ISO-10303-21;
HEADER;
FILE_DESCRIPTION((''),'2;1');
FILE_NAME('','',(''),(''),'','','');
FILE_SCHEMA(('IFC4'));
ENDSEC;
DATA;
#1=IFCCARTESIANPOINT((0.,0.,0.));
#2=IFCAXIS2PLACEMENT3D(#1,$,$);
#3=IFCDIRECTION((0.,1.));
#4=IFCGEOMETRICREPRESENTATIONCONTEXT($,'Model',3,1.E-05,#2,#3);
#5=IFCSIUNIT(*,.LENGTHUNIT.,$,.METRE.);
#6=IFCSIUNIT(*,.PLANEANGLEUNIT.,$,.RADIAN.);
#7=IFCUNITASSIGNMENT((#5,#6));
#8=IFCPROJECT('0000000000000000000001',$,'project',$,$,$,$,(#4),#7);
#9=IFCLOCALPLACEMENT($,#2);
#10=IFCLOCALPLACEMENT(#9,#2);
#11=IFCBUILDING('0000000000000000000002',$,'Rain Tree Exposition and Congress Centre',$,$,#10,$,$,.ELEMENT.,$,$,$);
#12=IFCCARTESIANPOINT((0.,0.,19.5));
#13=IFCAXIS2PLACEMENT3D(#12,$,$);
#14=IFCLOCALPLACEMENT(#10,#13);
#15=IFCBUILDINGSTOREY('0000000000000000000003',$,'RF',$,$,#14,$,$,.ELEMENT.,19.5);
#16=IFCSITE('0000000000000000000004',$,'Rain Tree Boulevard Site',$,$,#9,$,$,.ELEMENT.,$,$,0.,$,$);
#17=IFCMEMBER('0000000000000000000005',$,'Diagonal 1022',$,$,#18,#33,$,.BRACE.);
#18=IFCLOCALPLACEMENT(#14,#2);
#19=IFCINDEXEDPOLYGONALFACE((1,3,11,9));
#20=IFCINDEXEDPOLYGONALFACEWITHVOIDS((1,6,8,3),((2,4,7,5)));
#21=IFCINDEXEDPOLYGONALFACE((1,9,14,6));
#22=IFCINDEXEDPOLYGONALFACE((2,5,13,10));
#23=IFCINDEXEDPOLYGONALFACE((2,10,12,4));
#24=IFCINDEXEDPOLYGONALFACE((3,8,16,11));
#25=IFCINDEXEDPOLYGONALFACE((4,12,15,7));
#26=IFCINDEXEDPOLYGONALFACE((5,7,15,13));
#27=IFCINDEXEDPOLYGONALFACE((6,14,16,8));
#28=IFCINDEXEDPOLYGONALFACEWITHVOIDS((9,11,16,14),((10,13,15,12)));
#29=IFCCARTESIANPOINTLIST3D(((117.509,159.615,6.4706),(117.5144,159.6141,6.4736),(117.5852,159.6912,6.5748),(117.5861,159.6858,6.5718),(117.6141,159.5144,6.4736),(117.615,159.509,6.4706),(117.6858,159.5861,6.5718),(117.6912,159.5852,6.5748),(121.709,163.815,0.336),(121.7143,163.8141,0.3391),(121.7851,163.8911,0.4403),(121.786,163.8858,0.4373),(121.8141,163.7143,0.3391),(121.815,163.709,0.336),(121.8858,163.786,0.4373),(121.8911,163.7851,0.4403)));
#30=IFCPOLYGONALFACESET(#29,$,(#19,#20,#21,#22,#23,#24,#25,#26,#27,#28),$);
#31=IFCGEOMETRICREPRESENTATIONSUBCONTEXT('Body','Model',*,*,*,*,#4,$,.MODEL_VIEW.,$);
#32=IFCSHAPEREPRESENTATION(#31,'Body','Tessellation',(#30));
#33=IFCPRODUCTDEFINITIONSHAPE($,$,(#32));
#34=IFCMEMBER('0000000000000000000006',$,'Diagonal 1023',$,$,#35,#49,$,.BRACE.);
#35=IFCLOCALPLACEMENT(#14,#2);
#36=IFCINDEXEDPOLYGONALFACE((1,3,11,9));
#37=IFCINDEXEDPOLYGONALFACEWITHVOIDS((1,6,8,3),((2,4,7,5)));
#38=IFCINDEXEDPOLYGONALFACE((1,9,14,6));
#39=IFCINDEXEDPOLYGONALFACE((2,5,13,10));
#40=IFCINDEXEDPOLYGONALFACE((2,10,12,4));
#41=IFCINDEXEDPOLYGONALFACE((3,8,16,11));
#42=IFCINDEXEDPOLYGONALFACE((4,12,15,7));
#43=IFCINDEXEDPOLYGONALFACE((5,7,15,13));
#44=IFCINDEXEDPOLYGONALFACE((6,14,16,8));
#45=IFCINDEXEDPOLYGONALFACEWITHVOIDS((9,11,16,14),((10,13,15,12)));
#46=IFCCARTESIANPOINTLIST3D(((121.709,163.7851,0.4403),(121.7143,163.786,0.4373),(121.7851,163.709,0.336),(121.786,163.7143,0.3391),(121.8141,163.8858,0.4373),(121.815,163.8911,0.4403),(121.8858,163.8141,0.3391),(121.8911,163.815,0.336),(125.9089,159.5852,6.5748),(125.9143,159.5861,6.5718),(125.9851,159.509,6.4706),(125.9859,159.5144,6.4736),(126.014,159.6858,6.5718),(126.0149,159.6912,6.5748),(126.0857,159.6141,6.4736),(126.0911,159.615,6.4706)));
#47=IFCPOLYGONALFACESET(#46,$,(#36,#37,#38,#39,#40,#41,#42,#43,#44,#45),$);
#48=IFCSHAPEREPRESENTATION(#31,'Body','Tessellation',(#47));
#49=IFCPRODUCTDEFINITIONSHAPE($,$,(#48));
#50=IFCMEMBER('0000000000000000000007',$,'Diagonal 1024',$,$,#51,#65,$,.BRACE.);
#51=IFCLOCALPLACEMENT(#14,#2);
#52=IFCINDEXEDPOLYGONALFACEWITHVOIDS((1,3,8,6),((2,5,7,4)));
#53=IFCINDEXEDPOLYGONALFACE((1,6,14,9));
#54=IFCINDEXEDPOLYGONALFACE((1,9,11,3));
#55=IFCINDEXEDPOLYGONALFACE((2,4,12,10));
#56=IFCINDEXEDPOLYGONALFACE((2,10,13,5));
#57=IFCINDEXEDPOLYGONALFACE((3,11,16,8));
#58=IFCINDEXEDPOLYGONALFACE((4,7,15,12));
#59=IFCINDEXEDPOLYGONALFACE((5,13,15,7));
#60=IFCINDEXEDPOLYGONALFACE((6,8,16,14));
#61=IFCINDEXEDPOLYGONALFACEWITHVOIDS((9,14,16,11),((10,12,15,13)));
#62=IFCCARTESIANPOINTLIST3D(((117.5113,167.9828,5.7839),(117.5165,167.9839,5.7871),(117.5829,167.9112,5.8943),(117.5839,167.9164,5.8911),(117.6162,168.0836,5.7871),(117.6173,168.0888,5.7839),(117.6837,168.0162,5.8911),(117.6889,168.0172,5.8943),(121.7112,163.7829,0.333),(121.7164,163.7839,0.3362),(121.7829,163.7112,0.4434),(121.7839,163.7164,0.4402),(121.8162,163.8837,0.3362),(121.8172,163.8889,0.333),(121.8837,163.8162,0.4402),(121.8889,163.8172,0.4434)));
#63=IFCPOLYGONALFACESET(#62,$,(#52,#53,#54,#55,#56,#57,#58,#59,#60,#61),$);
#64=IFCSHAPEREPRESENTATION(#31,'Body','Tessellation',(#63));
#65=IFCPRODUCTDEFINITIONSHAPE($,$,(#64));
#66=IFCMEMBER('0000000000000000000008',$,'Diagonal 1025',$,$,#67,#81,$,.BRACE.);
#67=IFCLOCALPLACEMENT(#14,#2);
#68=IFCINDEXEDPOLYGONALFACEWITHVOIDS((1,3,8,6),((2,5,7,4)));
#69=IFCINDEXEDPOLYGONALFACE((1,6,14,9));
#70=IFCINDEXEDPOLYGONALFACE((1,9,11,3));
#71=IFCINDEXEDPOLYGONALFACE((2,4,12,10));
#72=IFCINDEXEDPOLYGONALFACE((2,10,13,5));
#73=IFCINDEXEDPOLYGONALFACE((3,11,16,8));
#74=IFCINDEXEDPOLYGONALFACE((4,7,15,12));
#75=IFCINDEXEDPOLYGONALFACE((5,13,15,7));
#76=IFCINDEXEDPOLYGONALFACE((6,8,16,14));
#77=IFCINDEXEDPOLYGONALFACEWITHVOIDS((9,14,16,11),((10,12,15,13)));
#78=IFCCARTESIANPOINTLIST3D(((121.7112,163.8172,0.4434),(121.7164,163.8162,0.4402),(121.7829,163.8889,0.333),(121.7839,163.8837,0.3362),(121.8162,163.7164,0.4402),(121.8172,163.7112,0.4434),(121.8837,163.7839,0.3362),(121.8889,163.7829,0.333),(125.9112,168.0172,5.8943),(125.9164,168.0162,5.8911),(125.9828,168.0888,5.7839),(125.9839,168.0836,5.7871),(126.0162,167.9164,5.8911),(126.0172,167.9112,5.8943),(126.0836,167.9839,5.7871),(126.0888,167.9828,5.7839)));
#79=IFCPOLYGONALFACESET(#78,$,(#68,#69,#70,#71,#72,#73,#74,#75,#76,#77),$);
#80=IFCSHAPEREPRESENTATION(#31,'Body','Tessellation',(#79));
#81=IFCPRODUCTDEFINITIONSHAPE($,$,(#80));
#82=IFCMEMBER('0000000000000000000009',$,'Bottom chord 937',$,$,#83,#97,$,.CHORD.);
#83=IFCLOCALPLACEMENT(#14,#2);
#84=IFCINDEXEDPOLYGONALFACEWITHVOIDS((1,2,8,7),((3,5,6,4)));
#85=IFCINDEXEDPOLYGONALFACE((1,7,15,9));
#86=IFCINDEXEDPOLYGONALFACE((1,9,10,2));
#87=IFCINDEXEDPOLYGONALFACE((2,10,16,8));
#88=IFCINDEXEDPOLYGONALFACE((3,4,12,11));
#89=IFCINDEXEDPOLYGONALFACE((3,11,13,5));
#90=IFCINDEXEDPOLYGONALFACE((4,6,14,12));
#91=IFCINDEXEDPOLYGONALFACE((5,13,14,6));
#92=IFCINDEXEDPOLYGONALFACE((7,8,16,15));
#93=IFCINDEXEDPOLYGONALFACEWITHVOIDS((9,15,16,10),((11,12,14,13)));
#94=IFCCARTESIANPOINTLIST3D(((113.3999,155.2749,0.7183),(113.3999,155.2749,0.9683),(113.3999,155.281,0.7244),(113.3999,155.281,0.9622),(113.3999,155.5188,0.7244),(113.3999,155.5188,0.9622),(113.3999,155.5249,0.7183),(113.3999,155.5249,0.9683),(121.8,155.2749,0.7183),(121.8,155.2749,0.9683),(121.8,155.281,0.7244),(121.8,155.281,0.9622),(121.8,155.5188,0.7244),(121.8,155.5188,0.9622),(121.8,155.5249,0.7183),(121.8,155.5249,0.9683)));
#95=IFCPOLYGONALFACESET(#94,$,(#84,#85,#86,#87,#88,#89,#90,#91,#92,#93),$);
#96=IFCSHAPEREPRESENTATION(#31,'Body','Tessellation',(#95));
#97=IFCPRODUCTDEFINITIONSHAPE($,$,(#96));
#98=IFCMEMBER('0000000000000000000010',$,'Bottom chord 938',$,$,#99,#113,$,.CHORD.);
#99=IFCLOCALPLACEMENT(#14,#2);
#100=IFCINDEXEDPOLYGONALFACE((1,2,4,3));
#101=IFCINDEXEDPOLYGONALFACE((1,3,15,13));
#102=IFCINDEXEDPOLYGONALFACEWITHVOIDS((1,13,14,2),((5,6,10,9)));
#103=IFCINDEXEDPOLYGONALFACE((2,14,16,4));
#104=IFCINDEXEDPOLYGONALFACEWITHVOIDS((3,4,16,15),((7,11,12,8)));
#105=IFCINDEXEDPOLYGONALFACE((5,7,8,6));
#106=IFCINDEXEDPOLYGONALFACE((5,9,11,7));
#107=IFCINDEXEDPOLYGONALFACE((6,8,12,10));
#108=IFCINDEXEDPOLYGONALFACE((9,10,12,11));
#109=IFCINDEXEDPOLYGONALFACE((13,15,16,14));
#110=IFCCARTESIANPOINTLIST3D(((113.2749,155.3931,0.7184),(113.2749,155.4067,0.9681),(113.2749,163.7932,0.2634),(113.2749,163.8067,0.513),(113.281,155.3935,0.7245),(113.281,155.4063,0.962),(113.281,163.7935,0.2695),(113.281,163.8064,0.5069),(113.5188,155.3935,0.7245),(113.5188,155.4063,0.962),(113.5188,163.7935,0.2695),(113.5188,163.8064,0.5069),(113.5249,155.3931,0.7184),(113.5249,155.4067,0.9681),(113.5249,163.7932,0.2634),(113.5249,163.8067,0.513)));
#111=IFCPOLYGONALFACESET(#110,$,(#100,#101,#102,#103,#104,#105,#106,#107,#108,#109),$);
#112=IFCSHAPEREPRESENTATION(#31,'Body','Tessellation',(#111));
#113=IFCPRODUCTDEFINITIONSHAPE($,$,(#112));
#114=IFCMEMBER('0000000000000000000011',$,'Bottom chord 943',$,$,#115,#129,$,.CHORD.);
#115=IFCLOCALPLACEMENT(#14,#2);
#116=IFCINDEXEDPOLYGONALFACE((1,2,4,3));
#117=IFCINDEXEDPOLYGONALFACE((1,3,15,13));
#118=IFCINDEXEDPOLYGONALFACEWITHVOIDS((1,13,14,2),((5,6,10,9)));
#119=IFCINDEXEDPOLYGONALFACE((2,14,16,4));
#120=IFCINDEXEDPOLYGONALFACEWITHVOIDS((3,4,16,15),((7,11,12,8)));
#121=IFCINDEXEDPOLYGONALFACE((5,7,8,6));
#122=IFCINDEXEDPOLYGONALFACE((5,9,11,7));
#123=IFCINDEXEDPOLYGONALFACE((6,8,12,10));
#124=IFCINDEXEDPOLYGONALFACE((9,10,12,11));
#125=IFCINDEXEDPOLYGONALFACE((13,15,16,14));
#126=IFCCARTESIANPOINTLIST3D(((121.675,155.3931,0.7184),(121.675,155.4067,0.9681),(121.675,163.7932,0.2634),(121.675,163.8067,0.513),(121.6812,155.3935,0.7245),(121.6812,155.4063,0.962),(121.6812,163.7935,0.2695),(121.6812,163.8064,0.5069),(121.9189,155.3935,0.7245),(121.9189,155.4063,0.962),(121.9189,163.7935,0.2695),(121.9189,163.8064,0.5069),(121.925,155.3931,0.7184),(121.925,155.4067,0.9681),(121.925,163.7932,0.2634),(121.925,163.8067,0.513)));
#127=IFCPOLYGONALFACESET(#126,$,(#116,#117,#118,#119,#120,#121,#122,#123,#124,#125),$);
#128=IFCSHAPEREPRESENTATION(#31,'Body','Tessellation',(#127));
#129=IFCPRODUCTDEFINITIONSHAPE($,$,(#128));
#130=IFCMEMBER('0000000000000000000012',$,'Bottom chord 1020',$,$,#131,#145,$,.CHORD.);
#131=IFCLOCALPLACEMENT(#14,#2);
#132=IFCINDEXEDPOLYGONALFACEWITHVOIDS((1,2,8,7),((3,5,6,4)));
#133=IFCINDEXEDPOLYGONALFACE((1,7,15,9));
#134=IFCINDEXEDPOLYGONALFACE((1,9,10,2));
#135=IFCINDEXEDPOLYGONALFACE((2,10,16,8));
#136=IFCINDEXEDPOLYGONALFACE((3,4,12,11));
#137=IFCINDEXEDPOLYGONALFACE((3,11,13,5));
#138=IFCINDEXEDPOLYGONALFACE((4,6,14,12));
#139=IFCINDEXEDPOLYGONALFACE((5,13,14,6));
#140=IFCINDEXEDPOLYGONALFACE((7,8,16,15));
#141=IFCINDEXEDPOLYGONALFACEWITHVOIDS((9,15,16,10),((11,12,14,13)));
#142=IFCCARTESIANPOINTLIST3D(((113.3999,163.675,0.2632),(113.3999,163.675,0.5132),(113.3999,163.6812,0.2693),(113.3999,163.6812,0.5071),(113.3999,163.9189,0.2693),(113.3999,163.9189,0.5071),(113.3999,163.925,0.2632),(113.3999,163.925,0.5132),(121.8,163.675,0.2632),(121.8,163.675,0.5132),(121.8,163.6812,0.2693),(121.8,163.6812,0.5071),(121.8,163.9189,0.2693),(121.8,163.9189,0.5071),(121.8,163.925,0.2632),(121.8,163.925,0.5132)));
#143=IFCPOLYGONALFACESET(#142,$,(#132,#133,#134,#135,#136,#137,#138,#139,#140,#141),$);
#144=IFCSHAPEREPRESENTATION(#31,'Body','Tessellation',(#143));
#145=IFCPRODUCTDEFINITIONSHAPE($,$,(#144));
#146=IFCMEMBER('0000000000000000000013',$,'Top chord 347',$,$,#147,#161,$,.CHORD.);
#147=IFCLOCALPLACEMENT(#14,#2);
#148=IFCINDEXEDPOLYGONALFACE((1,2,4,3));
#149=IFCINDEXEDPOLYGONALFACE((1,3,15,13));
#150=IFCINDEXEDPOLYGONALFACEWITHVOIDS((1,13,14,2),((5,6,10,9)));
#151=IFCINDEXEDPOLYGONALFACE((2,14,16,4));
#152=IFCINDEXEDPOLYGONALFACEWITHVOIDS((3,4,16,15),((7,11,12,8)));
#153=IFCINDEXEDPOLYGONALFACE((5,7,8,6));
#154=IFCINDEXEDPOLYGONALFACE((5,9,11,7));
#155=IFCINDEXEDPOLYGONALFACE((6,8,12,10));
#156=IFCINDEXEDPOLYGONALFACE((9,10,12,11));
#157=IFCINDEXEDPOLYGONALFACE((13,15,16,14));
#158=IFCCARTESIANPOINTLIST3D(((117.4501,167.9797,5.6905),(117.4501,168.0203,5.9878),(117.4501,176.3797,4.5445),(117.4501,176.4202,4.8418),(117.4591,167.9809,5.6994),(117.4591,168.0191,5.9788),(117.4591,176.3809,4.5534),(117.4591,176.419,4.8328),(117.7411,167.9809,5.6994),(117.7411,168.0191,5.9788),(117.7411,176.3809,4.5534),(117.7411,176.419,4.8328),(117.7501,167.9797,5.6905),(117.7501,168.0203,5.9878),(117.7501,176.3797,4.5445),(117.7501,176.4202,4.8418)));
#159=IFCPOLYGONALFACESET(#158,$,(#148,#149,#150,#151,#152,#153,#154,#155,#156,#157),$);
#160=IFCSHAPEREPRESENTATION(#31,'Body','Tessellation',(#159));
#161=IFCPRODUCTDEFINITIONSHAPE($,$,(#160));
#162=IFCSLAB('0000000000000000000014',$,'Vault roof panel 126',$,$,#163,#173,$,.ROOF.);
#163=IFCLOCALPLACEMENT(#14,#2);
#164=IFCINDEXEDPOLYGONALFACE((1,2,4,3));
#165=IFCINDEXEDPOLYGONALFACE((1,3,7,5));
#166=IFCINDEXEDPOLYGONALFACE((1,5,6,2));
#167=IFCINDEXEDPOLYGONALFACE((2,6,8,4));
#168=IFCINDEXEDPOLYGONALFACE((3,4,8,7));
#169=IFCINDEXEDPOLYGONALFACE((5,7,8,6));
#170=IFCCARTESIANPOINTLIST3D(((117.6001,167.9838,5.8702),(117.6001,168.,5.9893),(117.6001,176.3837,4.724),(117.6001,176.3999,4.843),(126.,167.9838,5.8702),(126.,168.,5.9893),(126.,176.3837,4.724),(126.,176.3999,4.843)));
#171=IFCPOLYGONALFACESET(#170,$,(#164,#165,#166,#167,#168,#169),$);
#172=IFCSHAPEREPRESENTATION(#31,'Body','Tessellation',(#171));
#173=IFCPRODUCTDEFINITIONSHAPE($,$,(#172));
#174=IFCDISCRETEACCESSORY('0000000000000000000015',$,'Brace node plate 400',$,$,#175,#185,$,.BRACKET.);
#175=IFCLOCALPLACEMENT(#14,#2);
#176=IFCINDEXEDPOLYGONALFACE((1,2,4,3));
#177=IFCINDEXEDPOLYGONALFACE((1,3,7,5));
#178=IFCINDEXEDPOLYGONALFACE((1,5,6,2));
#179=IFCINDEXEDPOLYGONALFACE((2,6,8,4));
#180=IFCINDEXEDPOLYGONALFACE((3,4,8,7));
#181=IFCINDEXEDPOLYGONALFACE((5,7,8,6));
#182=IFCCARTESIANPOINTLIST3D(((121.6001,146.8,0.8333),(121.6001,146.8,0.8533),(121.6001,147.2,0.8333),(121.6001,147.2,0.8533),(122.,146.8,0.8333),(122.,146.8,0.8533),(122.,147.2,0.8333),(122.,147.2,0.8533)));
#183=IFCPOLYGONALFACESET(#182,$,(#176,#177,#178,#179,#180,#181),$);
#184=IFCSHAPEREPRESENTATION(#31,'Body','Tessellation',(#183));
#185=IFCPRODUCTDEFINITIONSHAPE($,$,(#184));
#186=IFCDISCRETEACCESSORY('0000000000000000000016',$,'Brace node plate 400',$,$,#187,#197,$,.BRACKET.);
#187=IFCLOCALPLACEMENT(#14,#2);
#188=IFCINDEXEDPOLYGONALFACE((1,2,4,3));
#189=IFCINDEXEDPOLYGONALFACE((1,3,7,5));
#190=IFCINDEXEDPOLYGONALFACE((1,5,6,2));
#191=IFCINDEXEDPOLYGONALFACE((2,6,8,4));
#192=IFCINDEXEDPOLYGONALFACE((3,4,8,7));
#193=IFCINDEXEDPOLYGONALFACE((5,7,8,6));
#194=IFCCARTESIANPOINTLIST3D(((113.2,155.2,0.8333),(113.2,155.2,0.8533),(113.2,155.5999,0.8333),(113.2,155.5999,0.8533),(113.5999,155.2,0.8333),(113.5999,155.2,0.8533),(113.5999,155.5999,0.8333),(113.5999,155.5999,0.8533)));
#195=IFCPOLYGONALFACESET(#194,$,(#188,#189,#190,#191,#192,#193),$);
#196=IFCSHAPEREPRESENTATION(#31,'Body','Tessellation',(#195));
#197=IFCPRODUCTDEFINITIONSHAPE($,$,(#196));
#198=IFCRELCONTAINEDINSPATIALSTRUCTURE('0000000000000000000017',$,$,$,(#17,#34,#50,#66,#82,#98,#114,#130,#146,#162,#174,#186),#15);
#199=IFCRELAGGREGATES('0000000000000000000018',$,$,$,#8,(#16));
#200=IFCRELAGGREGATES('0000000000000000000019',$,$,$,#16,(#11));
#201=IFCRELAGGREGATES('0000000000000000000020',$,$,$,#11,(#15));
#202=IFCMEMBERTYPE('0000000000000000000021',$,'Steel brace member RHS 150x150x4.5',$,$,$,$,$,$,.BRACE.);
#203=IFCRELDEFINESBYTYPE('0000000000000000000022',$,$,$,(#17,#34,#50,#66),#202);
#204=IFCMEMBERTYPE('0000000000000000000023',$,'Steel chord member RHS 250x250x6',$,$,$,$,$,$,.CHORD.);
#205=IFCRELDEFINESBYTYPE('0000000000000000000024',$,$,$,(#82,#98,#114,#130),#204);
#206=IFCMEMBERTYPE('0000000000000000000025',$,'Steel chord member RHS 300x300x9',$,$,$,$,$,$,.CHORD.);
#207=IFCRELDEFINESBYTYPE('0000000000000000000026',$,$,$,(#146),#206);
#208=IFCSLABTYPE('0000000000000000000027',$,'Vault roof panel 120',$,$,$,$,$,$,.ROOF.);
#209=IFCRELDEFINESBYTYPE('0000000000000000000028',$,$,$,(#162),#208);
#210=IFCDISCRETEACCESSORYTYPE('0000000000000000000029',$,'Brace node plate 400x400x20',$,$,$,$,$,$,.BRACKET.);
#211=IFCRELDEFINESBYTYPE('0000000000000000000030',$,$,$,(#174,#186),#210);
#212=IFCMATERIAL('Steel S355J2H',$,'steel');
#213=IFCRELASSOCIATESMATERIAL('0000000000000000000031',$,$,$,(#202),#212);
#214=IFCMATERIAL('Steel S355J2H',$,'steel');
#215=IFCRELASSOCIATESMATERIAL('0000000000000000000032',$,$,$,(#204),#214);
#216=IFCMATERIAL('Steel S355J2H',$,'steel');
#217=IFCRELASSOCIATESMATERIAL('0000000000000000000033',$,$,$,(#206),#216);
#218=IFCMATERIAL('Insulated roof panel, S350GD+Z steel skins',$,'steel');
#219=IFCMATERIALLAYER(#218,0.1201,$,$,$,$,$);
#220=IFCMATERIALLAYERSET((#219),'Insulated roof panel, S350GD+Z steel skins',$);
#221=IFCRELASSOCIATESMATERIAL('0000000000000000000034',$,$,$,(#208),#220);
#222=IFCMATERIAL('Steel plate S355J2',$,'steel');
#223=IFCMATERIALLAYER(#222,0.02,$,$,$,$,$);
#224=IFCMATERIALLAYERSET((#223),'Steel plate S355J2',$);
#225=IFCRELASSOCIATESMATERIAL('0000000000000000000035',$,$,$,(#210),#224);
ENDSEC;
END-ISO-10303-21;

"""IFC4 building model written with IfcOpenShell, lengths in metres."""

from ifc_helpers import new_model, si_unit, direction, frame, origin, origin_2d, place, context, subcontext, project, spatial, polyline, rectangle, hollow_rectangle, outline, extrude, material, layer, layer_set, material_profile, profile_set, type_object, element, save


model = new_model("IFC4")

# Units and contexts
model_context = context("Model", 3, precision=1e-05, world=origin(), true_north=direction((0.0, 1.0)))
body_context = subcontext(model_context, "Body", "Model", "MODEL_VIEW")
ifc_project = project(units=[si_unit("LENGTHUNIT", "METRE"), si_unit("PLANEANGLEUNIT", "RADIAN")], contexts=[model_context])

# Site, building, storey
site_placement = place(None, origin())
site = spatial("IfcSite", under=ifc_project, at=site_placement, Name="Rain Tree Boulevard Site", CompositionType="ELEMENT", RefElevation=0.0)
building_placement = place(site_placement, origin())
building = spatial("IfcBuilding", under=site, at=building_placement, Name="Rain Tree Exposition and Congress Centre", CompositionType="ELEMENT")
storey_placement = place(building_placement, frame((0.0, 0.0, 19.5)))
storey = spatial("IfcBuildingStorey", under=building, at=storey_placement, Name="RF", CompositionType="ELEMENT", Elevation=19.5)

# Members
ifc_material_1 = material(Name="Steel S355J2H", Category="steel")
ifc_material_profile_1 = material_profile(ifc_material_1, hollow_rectangle(XDim=0.1499, YDim=0.1499, WallThickness=0.0044, at=origin_2d()), Name="RHS 150x150x4.5")
ifc_profile_set_1 = profile_set([ifc_material_profile_1], Name="Steel S355J2H")
member_type_1 = type_object("IfcMemberType", Name="Steel brace member RHS 150x150x4.5", PredefinedType="BRACE", material=ifc_profile_set_1)
for number, where, z_axis, x_axis, name in (
    (1, (121.8, 163.8, 0.3882), (-0.491865, -0.491865, 0.718427), (0.707107, -0.707107, 0.0), "Diagonal 1022"),
    (2, (121.8, 163.8, 0.3882), (0.491865, -0.491865, 0.718427), (0.707107, 0.707107, 0.0), "Diagonal 1023"),
):
    element("IfcMember", number, at=place(storey_placement, frame(where, z_axis=z_axis, x_axis=x_axis)), inside=storey, type_object=member_type_1, Name=name, PredefinedType="BRACE", context=body_context, shape_type="SweptSolid", body=[
        extrude(hollow_rectangle(XDim=0.1499, YDim=0.1499, WallThickness=0.0044, at=origin_2d()), origin(), (0.0, 0.0, 1.0), 8.5388),
    ])
for number, where, z_axis, x_axis, name in (
    (3, (121.8, 163.8, 0.3882), (-0.520973, 0.520973, 0.676147), (-0.707107, -0.707107, 0.0), "Diagonal 1024"),
    (4, (121.8, 163.8, 0.3882), (0.520973, 0.520973, 0.676147), (-0.707107, 0.707107, 0.0), "Diagonal 1025"),
):
    element("IfcMember", number, at=place(storey_placement, frame(where, z_axis=z_axis, x_axis=x_axis)), inside=storey, type_object=member_type_1, Name=name, PredefinedType="BRACE", context=body_context, shape_type="SweptSolid", body=[
        extrude(hollow_rectangle(XDim=0.1499, YDim=0.1499, WallThickness=0.0044, at=origin_2d()), origin(), (0.0, 0.0, 1.0), 8.0618),
    ])
ifc_material_2 = material(Name="Steel S355J2H", Category="steel")
ifc_material_profile_2 = material_profile(ifc_material_2, hollow_rectangle(XDim=0.25, YDim=0.25, WallThickness=0.0061, at=origin_2d()), Name="RHS 250x250x6")
ifc_profile_set_2 = profile_set([ifc_material_profile_2], Name="Steel S355J2H")
member_type_2 = type_object("IfcMemberType", Name="Steel chord member RHS 250x250x6", PredefinedType="CHORD", material=ifc_profile_set_2)
member_1_placement = place(storey_placement, frame((113.3999, 155.3999, 0.8433), z_axis=(1.0, 0.0, 0.0), x_axis=(0.0, 1.0, 0.0)))
element("IfcMember", 5, at=member_1_placement, inside=storey, type_object=member_type_2, Name="Bottom chord 937", PredefinedType="CHORD", context=body_context, shape_type="SweptSolid", body=[
    extrude(hollow_rectangle(XDim=0.25, YDim=0.25, WallThickness=0.0061, at=origin_2d()), origin(), (0.0, 0.0, 1.0), 8.4001),
])
for number, where, z_axis, x_axis, name in (
    (6, (113.3999, 155.3999, 0.8433), (0.0, 0.998536, -0.054096), (-1.0, 0.0, 0.0), "Bottom chord 938"),
    (7, (121.8, 155.3999, 0.8433), (0.0, 0.998536, -0.054096), (-1.0, 0.0, 0.0), "Bottom chord 943"),
):
    element("IfcMember", number, at=place(storey_placement, frame(where, z_axis=z_axis, x_axis=x_axis)), inside=storey, type_object=member_type_2, Name=name, PredefinedType="CHORD", context=body_context, shape_type="SweptSolid", body=[
        extrude(hollow_rectangle(XDim=0.25, YDim=0.25, WallThickness=0.0061, at=origin_2d()), origin(), (0.0, 0.0, 1.0), 8.4124),
    ])
member_2_placement = place(storey_placement, frame((113.3999, 163.8, 0.3882), z_axis=(1.0, 0.0, 0.0), x_axis=(0.0, 1.0, 0.0)))
element("IfcMember", 8, at=member_2_placement, inside=storey, type_object=member_type_2, Name="Bottom chord 1020", PredefinedType="CHORD", context=body_context, shape_type="SweptSolid", body=[
    extrude(hollow_rectangle(XDim=0.25, YDim=0.25, WallThickness=0.0061, at=origin_2d()), origin(), (0.0, 0.0, 1.0), 8.4001),
])
ifc_material_3 = material(Name="Steel S355J2H", Category="steel")
ifc_material_profile_3 = material_profile(ifc_material_3, hollow_rectangle(XDim=0.3, YDim=0.3, WallThickness=0.009, at=origin_2d()), Name="RHS 300x300x9")
ifc_profile_set_3 = profile_set([ifc_material_profile_3], Name="Steel S355J2H")
member_type_3 = type_object("IfcMemberType", Name="Steel chord member RHS 300x300x9", PredefinedType="CHORD", material=ifc_profile_set_3)
member_3_placement = place(storey_placement, frame((117.6001, 168.0, 5.8391), z_axis=(0.0, 0.990821, -0.135177), x_axis=(-1.0, 0.0, 0.0)))
element("IfcMember", 9, at=member_3_placement, inside=storey, type_object=member_type_3, Name="Top chord 347", PredefinedType="CHORD", context=body_context, shape_type="SweptSolid", body=[
    extrude(hollow_rectangle(XDim=0.3, YDim=0.3, WallThickness=0.009, at=origin_2d()), origin(), (0.0, 0.0, 1.0), 8.4778),
])

# Slab
ifc_material_4 = material(Name="Insulated roof panel, S350GD+Z steel skins", Category="steel")
ifc_layer_1 = layer(ifc_material_4, 0.1201)
ifc_layer_set_1 = layer_set([ifc_layer_1], Name="Insulated roof panel, S350GD+Z steel skins")
slab_type = type_object("IfcSlabType", Name="Vault roof panel 120", PredefinedType="ROOF", material=ifc_layer_set_1)
slab_placement = place(storey_placement, frame((117.6001, 168.0, 5.9893), z_axis=(0.0, 0.135206, 0.990818), x_axis=(1.0, 0.0, 0.0)))
element("IfcSlab", 10, at=slab_placement, inside=storey, type_object=slab_type, Name="Vault roof panel 126", PredefinedType="ROOF", context=body_context, shape_type="SweptSolid", body=[
    extrude(outline(polyline([(0.0, 0.0), (8.3999, 0.0), (8.3999, 8.4777), (0.0, 8.4777), (0.0, 0.0)])), origin(), (0.0, 0.0, -1.0), 0.1201),
])

# Discrete accessories
ifc_material_5 = material(Name="Steel plate S355J2", Category="steel")
ifc_layer_2 = layer(ifc_material_5, 0.02)
ifc_layer_set_2 = layer_set([ifc_layer_2], Name="Steel plate S355J2")
discrete_accessory_type_1 = type_object("IfcDiscreteAccessoryType", Name="Brace node plate 400x400x20", PredefinedType="BRACKET", material=ifc_layer_set_2)
for number, where, z_axis, x_axis, name in (
    (11, (121.8, 147.0, 0.8333), (0.0, 0.0, 1.0), (1.0, 0.0, 0.0), "Brace node plate 400"),
    (12, (113.3999, 155.3999, 0.8333), (0.0, 0.0, 1.0), (1.0, 0.0, 0.0), "Brace node plate 400"),
):
    element("IfcDiscreteAccessory", number, at=place(storey_placement, frame(where, z_axis=z_axis, x_axis=x_axis)), inside=storey, type_object=discrete_accessory_type_1, Name=name, PredefinedType="BRACKET", context=body_context, shape_type="SweptSolid", body=[
        extrude(rectangle(XDim=0.3999, YDim=0.3999, at=origin_2d()), origin(), (0.0, 0.0, 1.0), 0.02),
    ])

save(model, "model.ifc")
